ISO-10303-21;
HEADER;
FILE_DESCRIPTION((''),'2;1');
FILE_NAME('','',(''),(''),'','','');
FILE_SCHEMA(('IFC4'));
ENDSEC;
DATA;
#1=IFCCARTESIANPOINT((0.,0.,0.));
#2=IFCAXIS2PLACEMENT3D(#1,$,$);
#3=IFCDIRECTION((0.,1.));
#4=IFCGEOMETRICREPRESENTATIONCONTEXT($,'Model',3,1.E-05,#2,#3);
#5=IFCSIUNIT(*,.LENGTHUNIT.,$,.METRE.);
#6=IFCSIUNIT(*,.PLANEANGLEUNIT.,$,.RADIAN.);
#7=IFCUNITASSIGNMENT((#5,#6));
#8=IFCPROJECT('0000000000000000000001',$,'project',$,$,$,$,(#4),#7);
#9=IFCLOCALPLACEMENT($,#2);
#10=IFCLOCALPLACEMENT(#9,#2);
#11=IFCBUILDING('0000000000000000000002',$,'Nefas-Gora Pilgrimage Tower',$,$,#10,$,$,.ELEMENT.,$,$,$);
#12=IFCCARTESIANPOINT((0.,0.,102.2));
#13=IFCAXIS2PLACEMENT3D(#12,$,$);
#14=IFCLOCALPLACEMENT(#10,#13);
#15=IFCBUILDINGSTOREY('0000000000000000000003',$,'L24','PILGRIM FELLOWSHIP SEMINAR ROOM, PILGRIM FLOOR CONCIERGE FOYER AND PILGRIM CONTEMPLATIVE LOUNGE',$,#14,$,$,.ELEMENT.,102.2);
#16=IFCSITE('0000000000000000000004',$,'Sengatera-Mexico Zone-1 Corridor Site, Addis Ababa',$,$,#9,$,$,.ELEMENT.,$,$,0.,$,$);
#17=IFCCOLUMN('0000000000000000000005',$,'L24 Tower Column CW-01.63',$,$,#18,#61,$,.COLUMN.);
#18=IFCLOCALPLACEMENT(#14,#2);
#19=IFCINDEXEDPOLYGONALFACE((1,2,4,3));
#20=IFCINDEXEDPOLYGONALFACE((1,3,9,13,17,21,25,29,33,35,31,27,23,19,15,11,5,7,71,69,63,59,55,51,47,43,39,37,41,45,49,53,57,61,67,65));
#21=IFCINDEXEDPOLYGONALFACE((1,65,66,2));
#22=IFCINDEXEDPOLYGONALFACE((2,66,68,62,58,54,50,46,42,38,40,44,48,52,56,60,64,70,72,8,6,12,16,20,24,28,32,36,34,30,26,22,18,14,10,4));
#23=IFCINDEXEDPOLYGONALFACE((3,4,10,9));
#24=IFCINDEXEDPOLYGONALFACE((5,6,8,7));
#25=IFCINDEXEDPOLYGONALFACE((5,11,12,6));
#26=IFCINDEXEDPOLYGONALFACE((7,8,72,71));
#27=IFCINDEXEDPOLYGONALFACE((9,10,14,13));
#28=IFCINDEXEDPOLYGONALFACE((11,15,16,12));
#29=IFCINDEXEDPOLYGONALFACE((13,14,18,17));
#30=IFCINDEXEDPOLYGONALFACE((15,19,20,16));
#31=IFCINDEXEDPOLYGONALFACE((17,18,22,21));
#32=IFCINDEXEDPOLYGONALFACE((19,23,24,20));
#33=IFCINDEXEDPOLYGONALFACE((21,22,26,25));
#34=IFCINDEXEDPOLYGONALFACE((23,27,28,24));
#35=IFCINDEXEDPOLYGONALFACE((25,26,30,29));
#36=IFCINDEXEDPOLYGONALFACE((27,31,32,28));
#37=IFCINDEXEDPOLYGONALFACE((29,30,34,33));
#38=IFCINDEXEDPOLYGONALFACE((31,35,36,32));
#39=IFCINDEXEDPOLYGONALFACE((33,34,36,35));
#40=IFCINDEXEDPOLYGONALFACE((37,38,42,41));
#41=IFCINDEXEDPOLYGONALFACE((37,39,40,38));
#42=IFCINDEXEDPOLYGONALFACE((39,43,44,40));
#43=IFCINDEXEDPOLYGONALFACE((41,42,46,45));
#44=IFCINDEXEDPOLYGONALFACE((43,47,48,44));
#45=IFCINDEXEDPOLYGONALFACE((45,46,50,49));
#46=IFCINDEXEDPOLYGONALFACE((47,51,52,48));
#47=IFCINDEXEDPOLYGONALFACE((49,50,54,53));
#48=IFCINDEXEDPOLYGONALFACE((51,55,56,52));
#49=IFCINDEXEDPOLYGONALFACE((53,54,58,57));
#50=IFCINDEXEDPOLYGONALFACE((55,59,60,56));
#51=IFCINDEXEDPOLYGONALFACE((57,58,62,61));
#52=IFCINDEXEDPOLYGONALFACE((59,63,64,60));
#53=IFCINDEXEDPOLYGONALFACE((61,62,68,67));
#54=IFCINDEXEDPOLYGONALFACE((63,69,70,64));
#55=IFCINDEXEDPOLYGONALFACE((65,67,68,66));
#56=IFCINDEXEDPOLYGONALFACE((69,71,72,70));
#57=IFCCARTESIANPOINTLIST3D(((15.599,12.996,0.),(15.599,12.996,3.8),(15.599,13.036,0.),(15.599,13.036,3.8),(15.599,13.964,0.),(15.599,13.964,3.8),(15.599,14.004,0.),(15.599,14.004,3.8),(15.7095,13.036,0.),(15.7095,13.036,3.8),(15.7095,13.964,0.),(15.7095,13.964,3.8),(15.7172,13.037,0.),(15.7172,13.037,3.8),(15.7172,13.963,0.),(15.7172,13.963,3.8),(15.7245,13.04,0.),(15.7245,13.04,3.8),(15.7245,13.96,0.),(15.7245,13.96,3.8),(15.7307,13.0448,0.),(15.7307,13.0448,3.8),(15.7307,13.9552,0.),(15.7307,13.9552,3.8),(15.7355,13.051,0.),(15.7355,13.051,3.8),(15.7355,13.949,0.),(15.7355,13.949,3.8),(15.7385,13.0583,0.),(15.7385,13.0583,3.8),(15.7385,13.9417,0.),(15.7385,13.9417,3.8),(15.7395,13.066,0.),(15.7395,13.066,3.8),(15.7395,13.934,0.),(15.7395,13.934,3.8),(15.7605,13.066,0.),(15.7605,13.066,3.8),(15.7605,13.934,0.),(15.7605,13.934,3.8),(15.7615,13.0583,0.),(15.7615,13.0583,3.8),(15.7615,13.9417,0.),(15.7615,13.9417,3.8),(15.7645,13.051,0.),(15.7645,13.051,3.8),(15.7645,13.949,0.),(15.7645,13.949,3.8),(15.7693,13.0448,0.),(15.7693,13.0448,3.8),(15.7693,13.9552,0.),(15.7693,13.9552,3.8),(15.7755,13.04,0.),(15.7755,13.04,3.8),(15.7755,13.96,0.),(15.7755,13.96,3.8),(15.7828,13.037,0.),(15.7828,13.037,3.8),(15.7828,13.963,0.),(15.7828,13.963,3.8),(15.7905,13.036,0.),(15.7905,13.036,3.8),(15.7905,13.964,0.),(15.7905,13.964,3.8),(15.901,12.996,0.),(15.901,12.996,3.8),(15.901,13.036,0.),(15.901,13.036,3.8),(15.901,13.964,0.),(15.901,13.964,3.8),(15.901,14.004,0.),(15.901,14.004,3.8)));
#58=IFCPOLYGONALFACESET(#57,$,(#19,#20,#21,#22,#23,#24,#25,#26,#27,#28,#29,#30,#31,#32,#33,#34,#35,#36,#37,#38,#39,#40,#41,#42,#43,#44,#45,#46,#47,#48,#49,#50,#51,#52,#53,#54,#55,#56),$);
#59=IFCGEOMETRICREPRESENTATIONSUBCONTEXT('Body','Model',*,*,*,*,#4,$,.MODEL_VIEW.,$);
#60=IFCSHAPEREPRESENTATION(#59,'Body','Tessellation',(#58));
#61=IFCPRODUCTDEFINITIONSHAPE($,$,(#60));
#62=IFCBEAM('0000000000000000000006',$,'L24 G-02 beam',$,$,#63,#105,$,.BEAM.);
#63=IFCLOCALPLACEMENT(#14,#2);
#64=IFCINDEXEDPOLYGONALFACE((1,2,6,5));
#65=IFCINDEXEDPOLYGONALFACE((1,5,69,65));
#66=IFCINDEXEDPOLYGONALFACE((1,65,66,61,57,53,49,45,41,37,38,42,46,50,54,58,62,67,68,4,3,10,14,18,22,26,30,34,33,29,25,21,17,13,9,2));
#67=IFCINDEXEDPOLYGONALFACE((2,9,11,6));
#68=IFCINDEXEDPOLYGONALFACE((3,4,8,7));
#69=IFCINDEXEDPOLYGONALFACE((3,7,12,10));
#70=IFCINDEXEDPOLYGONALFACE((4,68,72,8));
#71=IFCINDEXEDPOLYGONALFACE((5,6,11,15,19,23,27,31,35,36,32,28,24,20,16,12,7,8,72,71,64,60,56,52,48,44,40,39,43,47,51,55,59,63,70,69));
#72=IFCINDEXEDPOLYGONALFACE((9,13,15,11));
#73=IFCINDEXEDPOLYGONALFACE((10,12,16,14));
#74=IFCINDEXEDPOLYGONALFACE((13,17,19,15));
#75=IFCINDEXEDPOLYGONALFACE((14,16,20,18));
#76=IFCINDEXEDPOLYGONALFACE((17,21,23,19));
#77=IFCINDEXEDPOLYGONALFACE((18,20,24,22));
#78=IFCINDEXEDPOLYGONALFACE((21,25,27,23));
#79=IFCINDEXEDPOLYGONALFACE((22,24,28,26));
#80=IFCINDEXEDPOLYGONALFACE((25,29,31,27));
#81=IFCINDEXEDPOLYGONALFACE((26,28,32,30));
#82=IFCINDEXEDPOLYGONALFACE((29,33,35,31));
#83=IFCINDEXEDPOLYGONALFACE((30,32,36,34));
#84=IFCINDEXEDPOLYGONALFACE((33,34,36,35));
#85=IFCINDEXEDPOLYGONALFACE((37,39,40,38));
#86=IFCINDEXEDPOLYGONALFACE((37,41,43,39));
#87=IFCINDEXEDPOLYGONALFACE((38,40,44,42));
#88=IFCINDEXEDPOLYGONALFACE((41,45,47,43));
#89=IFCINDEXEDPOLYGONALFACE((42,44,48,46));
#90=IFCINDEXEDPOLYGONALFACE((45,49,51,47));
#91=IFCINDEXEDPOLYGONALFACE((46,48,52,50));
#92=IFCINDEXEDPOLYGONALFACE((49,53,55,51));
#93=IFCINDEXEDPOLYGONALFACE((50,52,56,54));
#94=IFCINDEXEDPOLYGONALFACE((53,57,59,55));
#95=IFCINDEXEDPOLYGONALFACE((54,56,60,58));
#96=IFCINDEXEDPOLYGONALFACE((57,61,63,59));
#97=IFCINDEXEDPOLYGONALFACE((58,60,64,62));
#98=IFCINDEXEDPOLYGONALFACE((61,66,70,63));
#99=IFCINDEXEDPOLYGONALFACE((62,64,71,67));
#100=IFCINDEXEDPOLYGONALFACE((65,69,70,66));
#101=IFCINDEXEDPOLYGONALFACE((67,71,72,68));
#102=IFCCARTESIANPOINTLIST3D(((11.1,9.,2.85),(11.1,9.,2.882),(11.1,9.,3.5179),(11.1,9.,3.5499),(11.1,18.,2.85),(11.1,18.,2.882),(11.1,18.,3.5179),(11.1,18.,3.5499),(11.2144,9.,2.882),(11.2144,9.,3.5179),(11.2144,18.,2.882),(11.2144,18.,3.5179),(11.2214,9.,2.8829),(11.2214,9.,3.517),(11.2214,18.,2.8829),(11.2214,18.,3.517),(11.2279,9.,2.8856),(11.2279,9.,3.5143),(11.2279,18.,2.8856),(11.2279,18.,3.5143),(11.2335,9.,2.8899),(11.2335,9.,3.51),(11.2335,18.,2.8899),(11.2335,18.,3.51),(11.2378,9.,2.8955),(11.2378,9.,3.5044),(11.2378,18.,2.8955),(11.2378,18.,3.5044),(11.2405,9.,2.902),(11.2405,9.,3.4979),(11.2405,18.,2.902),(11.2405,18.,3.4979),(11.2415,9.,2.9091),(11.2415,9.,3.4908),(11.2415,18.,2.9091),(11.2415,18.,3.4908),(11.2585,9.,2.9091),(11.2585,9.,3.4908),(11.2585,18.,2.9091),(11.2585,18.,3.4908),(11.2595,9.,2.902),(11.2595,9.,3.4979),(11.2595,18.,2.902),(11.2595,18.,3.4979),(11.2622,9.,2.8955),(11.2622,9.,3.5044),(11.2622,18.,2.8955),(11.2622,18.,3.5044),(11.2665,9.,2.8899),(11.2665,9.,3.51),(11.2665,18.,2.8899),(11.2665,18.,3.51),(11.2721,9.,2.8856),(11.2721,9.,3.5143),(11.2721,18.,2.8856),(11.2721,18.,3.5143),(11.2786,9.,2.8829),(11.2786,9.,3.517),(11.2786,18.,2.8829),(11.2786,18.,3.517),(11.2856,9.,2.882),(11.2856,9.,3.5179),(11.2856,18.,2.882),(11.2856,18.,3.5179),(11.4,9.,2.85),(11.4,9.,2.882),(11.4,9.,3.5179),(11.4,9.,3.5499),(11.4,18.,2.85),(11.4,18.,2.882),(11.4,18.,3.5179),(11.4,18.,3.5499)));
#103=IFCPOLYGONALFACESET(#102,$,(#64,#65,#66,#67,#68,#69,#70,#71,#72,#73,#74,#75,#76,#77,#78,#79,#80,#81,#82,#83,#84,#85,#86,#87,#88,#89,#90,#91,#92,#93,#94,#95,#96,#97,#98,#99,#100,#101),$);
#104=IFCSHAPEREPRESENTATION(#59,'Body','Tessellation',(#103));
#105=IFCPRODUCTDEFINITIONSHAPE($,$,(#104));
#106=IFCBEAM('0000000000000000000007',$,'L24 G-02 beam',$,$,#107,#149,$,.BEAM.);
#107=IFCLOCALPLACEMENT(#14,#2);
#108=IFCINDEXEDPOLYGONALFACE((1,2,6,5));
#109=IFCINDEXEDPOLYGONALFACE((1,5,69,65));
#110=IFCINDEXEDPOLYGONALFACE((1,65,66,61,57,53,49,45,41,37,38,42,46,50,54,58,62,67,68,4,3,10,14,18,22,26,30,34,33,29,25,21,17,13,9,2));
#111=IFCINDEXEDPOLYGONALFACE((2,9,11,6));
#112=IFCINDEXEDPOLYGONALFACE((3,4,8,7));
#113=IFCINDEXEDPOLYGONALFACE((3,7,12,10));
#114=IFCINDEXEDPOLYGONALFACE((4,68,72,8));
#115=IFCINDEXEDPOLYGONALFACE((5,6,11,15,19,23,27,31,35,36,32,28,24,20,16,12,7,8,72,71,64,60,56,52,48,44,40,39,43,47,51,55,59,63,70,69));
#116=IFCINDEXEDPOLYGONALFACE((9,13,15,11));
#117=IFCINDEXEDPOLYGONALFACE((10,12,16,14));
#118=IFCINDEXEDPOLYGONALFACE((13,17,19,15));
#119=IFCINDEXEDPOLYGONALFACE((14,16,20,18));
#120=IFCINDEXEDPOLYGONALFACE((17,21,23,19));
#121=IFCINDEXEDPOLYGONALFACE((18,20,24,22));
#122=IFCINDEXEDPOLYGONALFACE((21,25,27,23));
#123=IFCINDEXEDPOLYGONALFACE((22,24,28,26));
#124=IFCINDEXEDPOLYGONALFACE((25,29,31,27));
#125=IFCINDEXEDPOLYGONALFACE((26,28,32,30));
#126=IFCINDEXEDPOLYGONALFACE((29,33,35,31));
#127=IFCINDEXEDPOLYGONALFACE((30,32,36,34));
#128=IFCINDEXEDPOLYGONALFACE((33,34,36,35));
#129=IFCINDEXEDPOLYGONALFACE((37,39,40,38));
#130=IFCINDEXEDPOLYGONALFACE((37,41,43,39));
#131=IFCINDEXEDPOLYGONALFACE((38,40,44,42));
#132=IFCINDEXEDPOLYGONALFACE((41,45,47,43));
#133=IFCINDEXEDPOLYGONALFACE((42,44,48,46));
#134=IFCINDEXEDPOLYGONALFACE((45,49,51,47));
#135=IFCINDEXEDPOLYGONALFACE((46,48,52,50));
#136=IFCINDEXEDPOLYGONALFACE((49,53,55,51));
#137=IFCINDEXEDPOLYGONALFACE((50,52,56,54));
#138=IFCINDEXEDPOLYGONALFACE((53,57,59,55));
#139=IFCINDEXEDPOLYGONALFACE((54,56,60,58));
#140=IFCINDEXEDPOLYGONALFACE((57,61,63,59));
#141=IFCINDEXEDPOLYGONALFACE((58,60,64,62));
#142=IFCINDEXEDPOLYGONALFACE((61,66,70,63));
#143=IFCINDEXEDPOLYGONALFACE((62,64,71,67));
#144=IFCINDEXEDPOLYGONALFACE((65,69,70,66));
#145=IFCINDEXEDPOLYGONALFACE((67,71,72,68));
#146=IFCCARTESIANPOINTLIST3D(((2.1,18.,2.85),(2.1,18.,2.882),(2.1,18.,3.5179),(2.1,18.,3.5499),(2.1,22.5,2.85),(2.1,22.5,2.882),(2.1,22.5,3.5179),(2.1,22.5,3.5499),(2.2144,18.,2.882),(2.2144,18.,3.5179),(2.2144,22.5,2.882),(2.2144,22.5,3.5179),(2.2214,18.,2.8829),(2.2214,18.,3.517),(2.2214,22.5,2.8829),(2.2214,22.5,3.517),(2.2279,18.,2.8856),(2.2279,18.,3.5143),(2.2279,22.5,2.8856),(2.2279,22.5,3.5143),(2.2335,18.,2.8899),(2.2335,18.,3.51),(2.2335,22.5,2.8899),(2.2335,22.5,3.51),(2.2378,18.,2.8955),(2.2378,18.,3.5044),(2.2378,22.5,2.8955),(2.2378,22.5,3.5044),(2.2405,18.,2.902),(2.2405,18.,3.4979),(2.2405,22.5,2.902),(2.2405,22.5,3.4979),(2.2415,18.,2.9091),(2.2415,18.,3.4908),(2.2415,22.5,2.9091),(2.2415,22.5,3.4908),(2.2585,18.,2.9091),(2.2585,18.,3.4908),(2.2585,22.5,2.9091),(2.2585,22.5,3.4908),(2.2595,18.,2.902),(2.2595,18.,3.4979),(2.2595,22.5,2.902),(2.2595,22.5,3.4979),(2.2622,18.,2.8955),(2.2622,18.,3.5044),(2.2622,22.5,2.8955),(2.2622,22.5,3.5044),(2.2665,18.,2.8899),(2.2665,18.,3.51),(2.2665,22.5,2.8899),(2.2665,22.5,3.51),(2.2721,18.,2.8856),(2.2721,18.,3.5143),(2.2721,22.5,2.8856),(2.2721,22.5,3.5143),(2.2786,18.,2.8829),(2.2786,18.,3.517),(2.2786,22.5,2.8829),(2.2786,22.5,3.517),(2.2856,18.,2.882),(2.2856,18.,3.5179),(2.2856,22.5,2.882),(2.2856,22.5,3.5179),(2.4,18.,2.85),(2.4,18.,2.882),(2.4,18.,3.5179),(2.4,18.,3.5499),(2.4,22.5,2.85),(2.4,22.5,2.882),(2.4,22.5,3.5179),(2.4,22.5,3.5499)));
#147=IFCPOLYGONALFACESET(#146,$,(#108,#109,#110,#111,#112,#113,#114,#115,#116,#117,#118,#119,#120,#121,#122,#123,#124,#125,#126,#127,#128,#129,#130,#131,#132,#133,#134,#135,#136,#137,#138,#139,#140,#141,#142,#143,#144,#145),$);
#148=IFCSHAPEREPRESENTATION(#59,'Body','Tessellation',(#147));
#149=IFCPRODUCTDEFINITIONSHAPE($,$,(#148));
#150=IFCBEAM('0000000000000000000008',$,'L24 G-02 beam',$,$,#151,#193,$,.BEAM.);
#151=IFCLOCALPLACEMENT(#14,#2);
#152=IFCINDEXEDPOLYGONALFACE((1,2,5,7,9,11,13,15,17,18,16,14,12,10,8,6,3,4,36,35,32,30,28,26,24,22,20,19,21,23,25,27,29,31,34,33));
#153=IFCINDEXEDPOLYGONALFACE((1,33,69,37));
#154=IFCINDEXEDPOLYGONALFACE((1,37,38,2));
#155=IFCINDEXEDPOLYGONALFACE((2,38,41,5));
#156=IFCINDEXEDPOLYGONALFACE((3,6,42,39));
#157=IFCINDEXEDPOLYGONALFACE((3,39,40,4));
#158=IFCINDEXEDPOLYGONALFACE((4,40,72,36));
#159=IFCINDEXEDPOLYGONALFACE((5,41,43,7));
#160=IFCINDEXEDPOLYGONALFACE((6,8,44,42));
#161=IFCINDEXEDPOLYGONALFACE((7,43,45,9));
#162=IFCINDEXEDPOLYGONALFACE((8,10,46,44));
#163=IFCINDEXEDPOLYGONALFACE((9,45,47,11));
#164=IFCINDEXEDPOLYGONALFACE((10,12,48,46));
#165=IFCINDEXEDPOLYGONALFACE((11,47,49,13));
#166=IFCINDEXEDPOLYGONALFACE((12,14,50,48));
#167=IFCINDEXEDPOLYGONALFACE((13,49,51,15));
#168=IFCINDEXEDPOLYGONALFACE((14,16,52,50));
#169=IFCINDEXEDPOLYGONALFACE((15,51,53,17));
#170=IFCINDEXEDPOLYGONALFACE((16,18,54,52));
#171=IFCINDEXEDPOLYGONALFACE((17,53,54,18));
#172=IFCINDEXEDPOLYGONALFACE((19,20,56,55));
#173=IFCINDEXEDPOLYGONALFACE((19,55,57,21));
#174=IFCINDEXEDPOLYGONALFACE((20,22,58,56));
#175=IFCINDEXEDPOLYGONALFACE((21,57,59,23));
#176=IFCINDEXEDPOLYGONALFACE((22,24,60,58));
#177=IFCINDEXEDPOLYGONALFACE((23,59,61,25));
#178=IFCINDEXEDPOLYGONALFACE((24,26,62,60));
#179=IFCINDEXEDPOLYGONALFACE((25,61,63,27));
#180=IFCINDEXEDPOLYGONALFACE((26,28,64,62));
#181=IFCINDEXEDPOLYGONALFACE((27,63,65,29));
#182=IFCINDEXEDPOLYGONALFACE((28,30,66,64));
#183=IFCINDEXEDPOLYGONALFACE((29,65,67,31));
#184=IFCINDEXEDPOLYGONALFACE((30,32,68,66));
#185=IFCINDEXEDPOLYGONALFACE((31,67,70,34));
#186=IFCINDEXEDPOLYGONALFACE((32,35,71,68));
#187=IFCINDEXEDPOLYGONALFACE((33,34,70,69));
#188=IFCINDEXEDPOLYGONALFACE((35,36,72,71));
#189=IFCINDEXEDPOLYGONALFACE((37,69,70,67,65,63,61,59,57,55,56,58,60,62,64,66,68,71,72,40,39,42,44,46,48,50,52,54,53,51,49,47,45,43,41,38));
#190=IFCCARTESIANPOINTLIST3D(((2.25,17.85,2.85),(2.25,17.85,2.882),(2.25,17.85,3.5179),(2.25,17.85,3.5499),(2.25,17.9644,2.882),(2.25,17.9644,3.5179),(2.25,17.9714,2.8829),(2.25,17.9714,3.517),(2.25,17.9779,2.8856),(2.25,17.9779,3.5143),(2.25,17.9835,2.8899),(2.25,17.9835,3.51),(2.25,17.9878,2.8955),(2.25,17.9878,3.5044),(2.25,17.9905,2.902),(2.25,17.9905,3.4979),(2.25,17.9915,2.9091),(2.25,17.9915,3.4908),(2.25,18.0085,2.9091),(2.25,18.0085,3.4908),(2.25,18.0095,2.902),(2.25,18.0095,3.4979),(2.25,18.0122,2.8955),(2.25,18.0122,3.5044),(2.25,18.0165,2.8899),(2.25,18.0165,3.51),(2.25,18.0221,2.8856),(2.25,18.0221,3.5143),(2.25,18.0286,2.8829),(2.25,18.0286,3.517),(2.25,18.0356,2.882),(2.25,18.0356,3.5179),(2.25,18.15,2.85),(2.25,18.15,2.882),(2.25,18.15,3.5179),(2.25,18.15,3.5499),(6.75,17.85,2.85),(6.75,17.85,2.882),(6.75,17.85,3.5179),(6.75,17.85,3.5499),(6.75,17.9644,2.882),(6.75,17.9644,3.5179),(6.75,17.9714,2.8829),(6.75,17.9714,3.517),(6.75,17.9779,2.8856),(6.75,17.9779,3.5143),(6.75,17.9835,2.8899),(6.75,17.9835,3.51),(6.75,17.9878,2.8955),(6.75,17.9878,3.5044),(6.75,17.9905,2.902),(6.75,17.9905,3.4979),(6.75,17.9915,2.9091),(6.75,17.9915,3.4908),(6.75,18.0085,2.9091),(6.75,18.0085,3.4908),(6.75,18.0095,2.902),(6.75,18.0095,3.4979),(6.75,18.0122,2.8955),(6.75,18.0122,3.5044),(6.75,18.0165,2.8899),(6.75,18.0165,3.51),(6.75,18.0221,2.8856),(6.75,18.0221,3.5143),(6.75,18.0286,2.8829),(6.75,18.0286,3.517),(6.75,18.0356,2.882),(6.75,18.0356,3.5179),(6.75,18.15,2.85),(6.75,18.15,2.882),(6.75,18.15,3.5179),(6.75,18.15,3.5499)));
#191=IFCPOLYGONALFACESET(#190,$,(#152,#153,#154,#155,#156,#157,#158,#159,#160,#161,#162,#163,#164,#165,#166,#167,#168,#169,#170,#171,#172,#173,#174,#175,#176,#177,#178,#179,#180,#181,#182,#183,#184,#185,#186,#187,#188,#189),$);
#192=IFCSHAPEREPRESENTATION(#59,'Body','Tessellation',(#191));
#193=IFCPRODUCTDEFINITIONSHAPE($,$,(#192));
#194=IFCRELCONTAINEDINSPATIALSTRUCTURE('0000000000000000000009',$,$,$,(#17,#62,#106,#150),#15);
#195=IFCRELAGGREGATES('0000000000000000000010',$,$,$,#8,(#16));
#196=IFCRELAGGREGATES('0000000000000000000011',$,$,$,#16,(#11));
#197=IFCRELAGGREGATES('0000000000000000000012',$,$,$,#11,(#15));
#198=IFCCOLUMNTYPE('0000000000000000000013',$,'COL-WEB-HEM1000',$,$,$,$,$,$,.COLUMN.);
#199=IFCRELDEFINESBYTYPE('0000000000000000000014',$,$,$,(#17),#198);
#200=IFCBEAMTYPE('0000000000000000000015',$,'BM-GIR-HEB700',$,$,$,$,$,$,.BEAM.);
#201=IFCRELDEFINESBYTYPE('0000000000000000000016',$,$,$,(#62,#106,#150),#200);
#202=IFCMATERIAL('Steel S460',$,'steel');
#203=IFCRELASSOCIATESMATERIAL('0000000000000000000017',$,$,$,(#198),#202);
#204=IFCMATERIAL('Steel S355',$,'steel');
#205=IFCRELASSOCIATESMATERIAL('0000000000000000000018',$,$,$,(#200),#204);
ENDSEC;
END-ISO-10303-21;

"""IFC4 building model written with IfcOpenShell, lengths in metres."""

from ifc_helpers import new_model, si_unit, direction, frame, origin, origin_2d, place, context, subcontext, project, spatial, i_section, extrude, source, transform, mapped, material, material_profile, profile_set, type_object, element, save


model = new_model("IFC4")

# Units and contexts
model_context = context("Model", 3, precision=1e-05, world=origin(), true_north=direction((0.0, 1.0)))
body_context = subcontext(model_context, "Body", "Model", "MODEL_VIEW")
ifc_project = project(units=[si_unit("LENGTHUNIT", "METRE"), si_unit("PLANEANGLEUNIT", "RADIAN")], contexts=[model_context])

# Site, building, storey
site_placement = place(None, origin())
site = spatial("IfcSite", under=ifc_project, at=site_placement, Name="Sengatera-Mexico Zone-1 Corridor Site, Addis Ababa", CompositionType="ELEMENT", RefElevation=0.0)
building_placement = place(site_placement, origin())
building = spatial("IfcBuilding", under=site, at=building_placement, Name="Nefas-Gora Pilgrimage Tower", CompositionType="ELEMENT")
storey_placement = place(building_placement, frame((0.0, 0.0, 102.2)))
storey = spatial("IfcBuildingStorey", under=building, at=storey_placement, Name="L24", Description="PILGRIM FELLOWSHIP SEMINAR ROOM, PILGRIM FLOOR CONCIERGE FOYER AND PILGRIM CONTEMPLATIVE LOUNGE", CompositionType="ELEMENT", Elevation=102.2)

# Column
ifc_material_1 = material(Name="Steel S460", Category="steel")
ifc_material_profile_1 = material_profile(ifc_material_1, i_section(OverallWidth=0.302, OverallDepth=1.0081, WebThickness=0.021, FlangeThickness=0.04, FilletRadius=0.03, at=origin_2d()), Name="HEM 1000")
ifc_profile_set_1 = profile_set([ifc_material_profile_1], Name="Steel S460")
column_type_1 = type_object("IfcColumnType", Name="COL-WEB-HEM1000", PredefinedType="COLUMN", material=ifc_profile_set_1)
shared_shape_1 = source(origin(), body_context, "Body", "SweptSolid", [
    extrude(i_section(OverallWidth=0.302, OverallDepth=1.0081, WebThickness=0.021, FlangeThickness=0.04, FilletRadius=0.03, at=origin_2d()), origin(), (0.0, 0.0, 1.0), 3.8),
])
for number, where, z_axis, x_axis, name in (
    (1, (15.75, 13.5, 0.0), (0.0, 0.0, 1.0), (1.0, 0.0, 0.0), "L24 Tower Column CW-01.63"),
):
    element("IfcColumn", number, at=place(storey_placement, frame(where, z_axis=z_axis, x_axis=x_axis)), inside=storey, type_object=column_type_1, Name=name, PredefinedType="COLUMN", context=body_context, shape_type="MappedRepresentation", body=[
        mapped(shared_shape_1, transform((0.0, 0.0, 0.0), x_axis=(1.0, 0.0, 0.0), y_axis=(0.0, 1.0, 0.0), z_axis=(0.0, 0.0, 1.0), scale=1.0)),
    ])

# Beams
ifc_material_2 = material(Name="Steel S355", Category="steel")
ifc_material_profile_2 = material_profile(ifc_material_2, i_section(OverallWidth=0.3, OverallDepth=0.7, WebThickness=0.0171, FlangeThickness=0.032, FilletRadius=0.0271, at=origin_2d()), Name="HEB 700")
ifc_profile_set_2 = profile_set([ifc_material_profile_2], Name="Steel S355")
beam_type_1 = type_object("IfcBeamType", Name="BM-GIR-HEB700", PredefinedType="BEAM", material=ifc_profile_set_2)
shared_shape_2 = source(origin(), body_context, "Body", "SweptSolid", [
    extrude(i_section(OverallWidth=0.3, OverallDepth=0.7, WebThickness=0.0171, FlangeThickness=0.032, FilletRadius=0.0271, at=origin_2d()), origin(), (0.0, 0.0, 1.0), 9.0),
])
beam_1_placement = place(storey_placement, frame((11.25, 9.0, 3.2), z_axis=(0.0, 1.0, 0.0), x_axis=(-1.0, 0.0, 0.0)))
element("IfcBeam", 2, at=beam_1_placement, inside=storey, type_object=beam_type_1, Name="L24 G-02 beam", PredefinedType="BEAM", context=body_context, shape_type="MappedRepresentation", body=[
    mapped(shared_shape_2, transform((0.0, 0.0, 0.0), x_axis=(1.0, 0.0, 0.0), y_axis=(0.0, 1.0, 0.0), z_axis=(0.0, 0.0, 1.0), scale=1.0)),
])
shared_shape_3 = source(origin(), body_context, "Body", "SweptSolid", [
    extrude(i_section(OverallWidth=0.3, OverallDepth=0.7, WebThickness=0.0171, FlangeThickness=0.032, FilletRadius=0.0271, at=origin_2d()), origin(), (0.0, 0.0, 1.0), 4.5),
])
for number, where, z_axis, x_axis, name in (
    (3, (2.25, 18.0, 3.2), (0.0, 1.0, 0.0), (-1.0, 0.0, 0.0), "L24 G-02 beam"),
    (4, (2.25, 18.0, 3.2), (1.0, 0.0, 0.0), (0.0, 1.0, 0.0), "L24 G-02 beam"),
):
    element("IfcBeam", number, at=place(storey_placement, frame(where, z_axis=z_axis, x_axis=x_axis)), inside=storey, type_object=beam_type_1, Name=name, PredefinedType="BEAM", context=body_context, shape_type="MappedRepresentation", body=[
        mapped(shared_shape_3, transform((0.0, 0.0, 0.0), x_axis=(1.0, 0.0, 0.0), y_axis=(0.0, 1.0, 0.0), z_axis=(0.0, 0.0, 1.0), scale=1.0)),
    ])

save(model, "model.ifc")
